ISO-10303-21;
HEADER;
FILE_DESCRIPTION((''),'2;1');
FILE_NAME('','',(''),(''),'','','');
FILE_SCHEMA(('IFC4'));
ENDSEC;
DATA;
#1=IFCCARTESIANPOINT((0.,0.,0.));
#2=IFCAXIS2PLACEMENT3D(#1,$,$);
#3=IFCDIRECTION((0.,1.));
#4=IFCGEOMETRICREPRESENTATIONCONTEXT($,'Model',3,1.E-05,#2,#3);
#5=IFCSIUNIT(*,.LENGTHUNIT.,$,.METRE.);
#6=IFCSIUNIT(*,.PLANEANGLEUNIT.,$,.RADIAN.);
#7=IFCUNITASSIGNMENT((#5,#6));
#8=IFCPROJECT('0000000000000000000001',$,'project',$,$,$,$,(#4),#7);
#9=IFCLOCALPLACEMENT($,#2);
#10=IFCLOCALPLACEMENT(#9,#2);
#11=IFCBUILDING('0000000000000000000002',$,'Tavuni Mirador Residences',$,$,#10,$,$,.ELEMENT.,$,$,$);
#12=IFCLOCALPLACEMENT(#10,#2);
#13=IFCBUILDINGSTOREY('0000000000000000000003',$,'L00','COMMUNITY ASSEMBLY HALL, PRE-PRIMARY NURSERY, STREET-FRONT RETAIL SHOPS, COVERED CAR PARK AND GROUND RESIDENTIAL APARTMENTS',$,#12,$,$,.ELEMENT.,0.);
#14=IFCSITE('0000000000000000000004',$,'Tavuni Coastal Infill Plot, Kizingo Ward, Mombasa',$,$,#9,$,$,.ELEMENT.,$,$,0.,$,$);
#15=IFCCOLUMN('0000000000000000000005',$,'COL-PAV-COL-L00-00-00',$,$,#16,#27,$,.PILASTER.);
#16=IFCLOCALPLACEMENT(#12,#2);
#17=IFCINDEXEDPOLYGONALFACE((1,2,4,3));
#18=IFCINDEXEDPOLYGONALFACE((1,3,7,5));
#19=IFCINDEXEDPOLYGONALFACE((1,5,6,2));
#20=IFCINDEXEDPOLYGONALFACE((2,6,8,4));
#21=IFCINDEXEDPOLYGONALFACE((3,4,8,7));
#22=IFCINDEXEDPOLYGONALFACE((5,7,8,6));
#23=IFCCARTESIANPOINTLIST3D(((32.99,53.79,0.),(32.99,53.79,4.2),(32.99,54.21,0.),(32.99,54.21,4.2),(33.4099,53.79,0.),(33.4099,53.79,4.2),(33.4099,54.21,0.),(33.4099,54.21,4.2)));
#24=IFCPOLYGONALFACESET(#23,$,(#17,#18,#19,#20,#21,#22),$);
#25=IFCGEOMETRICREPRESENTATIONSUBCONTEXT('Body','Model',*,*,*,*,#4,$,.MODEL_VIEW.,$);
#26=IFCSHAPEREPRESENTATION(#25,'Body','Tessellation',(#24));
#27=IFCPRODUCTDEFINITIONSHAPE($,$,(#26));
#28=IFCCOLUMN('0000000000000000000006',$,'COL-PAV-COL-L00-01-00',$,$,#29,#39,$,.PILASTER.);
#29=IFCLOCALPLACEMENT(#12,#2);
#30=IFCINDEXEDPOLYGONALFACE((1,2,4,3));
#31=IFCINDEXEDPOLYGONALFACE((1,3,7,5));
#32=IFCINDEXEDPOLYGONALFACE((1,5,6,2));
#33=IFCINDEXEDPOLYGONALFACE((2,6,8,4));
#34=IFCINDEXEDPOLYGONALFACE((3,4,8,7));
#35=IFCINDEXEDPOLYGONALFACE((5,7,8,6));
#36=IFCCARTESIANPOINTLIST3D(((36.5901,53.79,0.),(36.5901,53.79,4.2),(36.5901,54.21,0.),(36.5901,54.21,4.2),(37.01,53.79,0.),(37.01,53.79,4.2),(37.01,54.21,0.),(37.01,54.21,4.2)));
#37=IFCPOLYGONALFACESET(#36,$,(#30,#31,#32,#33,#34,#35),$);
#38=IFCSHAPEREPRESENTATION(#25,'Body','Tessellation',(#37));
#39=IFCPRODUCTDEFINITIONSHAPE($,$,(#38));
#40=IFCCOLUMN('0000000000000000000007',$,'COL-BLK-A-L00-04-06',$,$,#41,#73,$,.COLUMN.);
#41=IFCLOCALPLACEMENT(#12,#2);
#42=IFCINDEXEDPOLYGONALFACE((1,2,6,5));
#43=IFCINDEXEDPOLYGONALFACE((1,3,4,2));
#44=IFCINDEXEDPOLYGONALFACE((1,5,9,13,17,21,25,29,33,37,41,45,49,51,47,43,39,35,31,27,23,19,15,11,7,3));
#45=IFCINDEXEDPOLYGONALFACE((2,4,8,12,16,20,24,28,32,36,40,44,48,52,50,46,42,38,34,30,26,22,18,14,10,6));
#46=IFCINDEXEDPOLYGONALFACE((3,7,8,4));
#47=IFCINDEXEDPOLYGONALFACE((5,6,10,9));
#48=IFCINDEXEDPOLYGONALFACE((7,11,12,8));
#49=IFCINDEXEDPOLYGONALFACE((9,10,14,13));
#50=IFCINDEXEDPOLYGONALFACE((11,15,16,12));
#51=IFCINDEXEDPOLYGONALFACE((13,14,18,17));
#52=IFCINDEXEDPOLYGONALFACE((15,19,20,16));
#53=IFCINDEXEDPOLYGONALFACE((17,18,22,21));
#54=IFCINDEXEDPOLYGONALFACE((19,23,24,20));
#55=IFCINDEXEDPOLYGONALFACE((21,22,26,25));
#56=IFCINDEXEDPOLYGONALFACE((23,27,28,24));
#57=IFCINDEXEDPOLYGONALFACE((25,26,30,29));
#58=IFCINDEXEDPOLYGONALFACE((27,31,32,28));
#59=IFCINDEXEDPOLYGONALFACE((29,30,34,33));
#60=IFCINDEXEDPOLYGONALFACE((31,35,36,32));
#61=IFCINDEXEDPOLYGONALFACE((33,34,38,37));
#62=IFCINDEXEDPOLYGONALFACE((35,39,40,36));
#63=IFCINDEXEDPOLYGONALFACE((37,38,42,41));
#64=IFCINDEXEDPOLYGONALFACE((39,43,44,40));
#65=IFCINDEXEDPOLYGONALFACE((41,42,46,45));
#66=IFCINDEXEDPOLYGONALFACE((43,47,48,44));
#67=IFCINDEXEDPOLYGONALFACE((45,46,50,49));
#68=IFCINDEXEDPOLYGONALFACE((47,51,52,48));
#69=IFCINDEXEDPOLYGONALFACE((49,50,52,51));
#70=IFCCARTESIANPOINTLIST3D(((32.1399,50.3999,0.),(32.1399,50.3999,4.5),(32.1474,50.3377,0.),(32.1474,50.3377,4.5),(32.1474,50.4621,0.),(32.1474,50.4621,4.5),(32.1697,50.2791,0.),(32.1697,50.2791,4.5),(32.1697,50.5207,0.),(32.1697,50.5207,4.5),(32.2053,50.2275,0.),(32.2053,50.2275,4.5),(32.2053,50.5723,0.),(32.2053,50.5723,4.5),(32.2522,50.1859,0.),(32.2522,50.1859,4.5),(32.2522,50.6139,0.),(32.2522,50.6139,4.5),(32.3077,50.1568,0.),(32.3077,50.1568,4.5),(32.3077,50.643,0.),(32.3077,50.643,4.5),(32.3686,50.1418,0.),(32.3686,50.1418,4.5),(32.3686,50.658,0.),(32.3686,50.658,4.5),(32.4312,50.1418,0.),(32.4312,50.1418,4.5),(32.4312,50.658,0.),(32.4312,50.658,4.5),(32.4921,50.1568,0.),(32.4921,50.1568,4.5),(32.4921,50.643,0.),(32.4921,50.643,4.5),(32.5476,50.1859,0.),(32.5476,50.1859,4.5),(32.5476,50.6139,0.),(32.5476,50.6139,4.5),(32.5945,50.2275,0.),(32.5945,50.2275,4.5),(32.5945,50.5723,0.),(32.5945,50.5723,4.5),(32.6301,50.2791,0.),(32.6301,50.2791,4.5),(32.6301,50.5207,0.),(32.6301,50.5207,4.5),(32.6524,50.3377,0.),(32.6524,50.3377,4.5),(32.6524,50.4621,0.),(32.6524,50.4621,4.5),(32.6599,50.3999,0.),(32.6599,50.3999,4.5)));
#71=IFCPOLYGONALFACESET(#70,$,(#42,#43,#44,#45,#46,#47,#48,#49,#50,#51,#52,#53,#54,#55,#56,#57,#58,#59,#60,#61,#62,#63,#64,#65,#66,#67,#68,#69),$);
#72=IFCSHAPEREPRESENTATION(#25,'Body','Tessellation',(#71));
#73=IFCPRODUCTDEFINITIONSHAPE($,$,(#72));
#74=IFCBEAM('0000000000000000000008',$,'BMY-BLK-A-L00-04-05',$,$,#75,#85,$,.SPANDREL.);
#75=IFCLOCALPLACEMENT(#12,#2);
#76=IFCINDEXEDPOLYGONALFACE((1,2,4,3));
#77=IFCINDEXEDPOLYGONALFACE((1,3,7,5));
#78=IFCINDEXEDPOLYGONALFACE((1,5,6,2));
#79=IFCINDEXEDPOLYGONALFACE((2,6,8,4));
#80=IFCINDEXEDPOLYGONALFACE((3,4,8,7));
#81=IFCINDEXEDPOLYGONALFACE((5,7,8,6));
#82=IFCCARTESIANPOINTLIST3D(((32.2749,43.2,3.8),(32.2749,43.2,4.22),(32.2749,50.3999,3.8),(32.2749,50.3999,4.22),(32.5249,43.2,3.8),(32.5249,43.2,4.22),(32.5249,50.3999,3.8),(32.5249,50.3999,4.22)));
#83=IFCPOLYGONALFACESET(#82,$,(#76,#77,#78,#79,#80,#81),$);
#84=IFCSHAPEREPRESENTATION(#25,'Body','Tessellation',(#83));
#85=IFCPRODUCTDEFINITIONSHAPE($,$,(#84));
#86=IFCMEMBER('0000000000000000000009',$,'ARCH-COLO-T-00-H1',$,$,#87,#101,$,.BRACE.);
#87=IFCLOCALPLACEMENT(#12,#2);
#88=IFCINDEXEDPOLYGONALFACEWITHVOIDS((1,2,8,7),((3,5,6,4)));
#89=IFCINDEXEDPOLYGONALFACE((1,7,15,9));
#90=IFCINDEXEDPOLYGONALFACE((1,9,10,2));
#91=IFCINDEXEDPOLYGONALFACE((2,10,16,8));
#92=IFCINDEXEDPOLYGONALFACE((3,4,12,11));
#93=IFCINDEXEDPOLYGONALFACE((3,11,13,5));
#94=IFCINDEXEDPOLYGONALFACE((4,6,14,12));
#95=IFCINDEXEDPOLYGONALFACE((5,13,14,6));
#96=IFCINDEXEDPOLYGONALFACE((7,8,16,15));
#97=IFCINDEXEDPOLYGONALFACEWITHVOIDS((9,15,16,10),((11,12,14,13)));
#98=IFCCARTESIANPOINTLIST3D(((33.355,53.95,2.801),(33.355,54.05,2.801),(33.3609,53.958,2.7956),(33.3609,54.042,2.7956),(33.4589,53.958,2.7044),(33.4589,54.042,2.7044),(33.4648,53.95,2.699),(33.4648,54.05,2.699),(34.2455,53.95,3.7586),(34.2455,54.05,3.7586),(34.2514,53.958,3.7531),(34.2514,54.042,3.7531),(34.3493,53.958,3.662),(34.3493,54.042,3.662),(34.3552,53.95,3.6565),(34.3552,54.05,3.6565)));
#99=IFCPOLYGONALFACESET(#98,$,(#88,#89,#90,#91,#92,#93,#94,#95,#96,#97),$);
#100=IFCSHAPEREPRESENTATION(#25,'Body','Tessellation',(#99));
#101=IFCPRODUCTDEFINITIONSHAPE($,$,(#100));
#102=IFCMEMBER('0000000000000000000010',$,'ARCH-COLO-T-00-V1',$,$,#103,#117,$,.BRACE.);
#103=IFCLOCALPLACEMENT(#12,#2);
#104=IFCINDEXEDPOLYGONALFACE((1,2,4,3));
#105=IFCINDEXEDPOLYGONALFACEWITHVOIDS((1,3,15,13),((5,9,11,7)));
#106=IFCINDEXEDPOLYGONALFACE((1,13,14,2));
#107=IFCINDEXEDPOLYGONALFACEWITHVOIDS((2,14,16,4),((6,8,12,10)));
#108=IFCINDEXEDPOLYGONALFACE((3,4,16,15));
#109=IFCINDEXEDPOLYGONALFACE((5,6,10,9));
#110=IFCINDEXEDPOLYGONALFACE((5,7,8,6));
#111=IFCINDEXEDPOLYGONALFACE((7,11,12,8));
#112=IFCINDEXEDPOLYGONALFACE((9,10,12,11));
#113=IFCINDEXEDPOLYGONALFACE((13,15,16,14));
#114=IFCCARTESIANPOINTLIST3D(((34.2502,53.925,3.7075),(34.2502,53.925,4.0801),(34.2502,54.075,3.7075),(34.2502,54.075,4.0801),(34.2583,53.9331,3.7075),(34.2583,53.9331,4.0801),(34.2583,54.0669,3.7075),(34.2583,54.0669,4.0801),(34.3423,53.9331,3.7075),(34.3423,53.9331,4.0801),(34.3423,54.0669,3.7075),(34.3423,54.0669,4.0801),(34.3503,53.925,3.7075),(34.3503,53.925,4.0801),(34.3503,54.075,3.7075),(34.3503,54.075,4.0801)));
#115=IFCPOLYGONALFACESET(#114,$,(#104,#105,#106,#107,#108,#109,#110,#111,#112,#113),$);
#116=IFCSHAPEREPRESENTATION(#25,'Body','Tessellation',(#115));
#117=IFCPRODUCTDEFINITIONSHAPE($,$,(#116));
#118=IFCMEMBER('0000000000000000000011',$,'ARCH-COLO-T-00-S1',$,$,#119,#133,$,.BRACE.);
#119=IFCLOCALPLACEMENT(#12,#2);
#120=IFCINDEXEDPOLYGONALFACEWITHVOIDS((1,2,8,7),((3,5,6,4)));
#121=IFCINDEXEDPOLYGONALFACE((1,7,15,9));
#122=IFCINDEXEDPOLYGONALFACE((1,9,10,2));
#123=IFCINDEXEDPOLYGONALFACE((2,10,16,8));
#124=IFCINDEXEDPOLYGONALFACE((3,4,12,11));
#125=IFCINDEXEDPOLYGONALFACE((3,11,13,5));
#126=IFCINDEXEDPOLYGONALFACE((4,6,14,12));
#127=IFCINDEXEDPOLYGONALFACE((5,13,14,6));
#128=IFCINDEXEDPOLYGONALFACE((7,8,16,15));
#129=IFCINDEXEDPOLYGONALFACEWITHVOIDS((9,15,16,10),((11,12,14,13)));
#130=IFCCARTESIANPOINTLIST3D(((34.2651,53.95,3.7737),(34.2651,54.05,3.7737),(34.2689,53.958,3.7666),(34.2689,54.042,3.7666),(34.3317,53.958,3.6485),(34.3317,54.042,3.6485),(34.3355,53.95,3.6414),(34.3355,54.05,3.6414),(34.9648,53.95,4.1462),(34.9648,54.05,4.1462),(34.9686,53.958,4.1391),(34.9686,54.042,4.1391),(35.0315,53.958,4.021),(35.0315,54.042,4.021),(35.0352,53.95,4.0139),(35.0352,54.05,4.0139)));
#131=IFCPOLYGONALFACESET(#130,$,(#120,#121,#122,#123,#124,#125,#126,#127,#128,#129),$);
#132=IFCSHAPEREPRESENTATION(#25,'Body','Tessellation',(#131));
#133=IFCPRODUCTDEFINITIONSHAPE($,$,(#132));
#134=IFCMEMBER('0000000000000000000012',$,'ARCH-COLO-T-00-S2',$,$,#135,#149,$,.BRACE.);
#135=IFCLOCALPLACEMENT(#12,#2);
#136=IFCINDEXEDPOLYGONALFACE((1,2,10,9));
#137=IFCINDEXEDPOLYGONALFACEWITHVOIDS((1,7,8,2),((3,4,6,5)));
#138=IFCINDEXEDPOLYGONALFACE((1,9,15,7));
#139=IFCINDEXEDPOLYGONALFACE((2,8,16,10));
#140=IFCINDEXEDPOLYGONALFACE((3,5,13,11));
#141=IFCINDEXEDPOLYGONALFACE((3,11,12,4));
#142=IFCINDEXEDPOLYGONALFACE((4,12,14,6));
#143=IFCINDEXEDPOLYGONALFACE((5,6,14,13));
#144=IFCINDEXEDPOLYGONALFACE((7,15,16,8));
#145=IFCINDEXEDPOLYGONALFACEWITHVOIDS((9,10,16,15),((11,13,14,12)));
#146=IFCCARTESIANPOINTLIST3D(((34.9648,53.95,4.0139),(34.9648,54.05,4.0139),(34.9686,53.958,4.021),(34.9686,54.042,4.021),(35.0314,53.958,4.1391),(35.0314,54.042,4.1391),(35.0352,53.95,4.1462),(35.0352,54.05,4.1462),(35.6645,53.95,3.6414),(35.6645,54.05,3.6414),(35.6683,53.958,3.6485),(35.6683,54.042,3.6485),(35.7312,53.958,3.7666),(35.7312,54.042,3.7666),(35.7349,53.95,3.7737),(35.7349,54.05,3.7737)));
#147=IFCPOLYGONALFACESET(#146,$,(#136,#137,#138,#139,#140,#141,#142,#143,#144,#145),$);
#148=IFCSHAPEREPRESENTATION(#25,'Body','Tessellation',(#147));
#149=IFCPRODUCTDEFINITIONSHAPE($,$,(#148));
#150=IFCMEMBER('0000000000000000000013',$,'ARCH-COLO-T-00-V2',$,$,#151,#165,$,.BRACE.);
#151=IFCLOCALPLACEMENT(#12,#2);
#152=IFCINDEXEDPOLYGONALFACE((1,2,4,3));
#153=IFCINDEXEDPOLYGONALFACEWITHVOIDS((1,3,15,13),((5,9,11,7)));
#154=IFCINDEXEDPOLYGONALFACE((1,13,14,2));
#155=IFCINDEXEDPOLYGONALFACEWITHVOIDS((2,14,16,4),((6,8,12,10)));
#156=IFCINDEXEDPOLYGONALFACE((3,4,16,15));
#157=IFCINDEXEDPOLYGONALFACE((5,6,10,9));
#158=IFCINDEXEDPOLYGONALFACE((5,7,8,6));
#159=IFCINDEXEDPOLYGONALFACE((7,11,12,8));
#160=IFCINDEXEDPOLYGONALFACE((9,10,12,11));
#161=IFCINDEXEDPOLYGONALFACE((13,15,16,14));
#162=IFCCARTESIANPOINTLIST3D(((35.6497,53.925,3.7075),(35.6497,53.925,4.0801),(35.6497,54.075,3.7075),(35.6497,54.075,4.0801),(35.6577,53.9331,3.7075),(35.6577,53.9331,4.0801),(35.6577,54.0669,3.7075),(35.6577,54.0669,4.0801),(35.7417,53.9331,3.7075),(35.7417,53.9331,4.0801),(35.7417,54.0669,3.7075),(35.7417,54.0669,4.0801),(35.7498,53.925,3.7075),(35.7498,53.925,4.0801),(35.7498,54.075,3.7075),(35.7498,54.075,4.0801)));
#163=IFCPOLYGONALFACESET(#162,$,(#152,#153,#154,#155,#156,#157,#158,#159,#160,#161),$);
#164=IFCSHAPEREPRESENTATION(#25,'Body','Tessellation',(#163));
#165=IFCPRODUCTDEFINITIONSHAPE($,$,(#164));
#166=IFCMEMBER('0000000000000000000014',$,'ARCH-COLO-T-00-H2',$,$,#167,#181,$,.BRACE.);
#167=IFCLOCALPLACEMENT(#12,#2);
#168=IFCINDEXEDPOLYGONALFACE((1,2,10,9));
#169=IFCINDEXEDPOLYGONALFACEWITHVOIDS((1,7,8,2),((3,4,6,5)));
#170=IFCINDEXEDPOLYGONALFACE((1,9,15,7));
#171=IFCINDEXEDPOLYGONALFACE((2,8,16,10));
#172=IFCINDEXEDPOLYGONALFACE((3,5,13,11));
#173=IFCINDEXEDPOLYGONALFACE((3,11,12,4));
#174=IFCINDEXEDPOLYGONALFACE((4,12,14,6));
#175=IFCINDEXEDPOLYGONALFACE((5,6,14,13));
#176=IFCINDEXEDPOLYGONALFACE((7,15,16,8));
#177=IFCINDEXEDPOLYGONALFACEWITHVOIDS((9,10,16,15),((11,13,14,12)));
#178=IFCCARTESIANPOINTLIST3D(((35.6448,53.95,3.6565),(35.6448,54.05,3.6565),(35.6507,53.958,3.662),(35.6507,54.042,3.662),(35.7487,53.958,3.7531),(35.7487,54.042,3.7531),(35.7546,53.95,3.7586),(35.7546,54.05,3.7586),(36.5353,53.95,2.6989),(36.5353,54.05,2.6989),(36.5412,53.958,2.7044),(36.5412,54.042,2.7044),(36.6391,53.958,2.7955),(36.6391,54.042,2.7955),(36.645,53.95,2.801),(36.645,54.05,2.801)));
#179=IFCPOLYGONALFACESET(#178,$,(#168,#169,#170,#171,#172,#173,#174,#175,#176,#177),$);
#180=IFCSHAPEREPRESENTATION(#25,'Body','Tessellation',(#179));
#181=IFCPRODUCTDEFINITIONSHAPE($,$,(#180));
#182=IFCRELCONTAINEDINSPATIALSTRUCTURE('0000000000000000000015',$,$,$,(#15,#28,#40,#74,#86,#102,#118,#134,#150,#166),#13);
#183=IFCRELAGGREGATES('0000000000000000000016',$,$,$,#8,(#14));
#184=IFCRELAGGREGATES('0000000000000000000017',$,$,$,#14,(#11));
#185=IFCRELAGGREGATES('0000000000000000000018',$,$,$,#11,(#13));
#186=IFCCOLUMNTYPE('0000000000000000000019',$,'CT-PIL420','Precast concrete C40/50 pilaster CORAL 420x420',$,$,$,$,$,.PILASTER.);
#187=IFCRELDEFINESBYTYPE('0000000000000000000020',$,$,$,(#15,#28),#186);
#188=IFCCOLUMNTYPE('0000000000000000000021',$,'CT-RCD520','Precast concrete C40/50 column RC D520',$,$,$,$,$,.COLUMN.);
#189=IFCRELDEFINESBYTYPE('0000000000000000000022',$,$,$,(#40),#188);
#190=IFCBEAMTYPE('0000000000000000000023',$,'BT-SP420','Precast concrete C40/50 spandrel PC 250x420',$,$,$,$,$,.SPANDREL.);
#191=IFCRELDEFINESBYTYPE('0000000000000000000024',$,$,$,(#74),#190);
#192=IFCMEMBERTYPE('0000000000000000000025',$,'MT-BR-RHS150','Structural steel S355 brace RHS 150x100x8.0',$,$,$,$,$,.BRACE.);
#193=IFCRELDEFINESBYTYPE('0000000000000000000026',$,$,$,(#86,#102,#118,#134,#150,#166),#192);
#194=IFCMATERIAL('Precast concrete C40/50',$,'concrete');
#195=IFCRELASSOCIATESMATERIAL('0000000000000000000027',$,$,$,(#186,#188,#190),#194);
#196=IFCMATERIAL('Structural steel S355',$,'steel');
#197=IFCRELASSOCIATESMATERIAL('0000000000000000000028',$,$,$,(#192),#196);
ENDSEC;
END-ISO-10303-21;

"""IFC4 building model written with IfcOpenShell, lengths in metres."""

from ifc_helpers import new_model, si_unit, direction, frame, origin, origin_2d, place, context, subcontext, project, spatial, rectangle, hollow_rectangle, circle, extrude, material, material_profile, profile_set, type_object, element, save


model = new_model("IFC4")

# Units and contexts
model_context = context("Model", 3, precision=1e-05, world=origin(), true_north=direction((0.0, 1.0)))
body_context = subcontext(model_context, "Body", "Model", "MODEL_VIEW")
ifc_project = project(units=[si_unit("LENGTHUNIT", "METRE"), si_unit("PLANEANGLEUNIT", "RADIAN")], contexts=[model_context])

# Site, building, storey
site_placement = place(None, origin())
site = spatial("IfcSite", under=ifc_project, at=site_placement, Name="Tavuni Coastal Infill Plot, Kizingo Ward, Mombasa", CompositionType="ELEMENT", RefElevation=0.0)
building_placement = place(site_placement, origin())
building = spatial("IfcBuilding", under=site, at=building_placement, Name="Tavuni Mirador Residences", CompositionType="ELEMENT")
storey_placement = place(building_placement, origin())
storey = spatial("IfcBuildingStorey", under=building, at=storey_placement, Name="L00", Description="COMMUNITY ASSEMBLY HALL, PRE-PRIMARY NURSERY, STREET-FRONT RETAIL SHOPS, COVERED CAR PARK AND GROUND RESIDENTIAL APARTMENTS", CompositionType="ELEMENT", Elevation=0.0)

# Columns
ifc_material_1 = material(Name="Precast concrete C40/50", Category="concrete")
ifc_material_profile_1 = material_profile(ifc_material_1, rectangle(XDim=0.4199, YDim=0.4199, at=origin_2d()), Name="CORAL 420x420", Category="concrete")
ifc_profile_set_1 = profile_set([ifc_material_profile_1], Name="Precast concrete C40/50")
column_type_1 = type_object("IfcColumnType", Name="CT-PIL420", Description="Precast concrete C40/50 pilaster CORAL 420x420", PredefinedType="PILASTER", material=ifc_profile_set_1)
for number, where, z_axis, x_axis, name in (
    (1, (33.2, 54.0, 0.0), (0.0, 0.0, 1.0), (1.0, 0.0, 0.0), "COL-PAV-COL-L00-00-00"),
    (2, (36.8, 54.0, 0.0), (0.0, 0.0, 1.0), (1.0, 0.0, 0.0), "COL-PAV-COL-L00-01-00"),
):
    element("IfcColumn", number, at=place(storey_placement, frame(where, z_axis=z_axis, x_axis=x_axis)), inside=storey, type_object=column_type_1, Name=name, PredefinedType="PILASTER", context=body_context, shape_type="SweptSolid", body=[
        extrude(rectangle(XDim=0.4199, YDim=0.4199, at=origin_2d()), origin(), (0.0, 0.0, 1.0), 4.2),
    ])
ifc_material_profile_2 = material_profile(ifc_material_1, circle(Radius=0.26, at=origin_2d()), Name="RC D520", Category="concrete")
ifc_profile_set_2 = profile_set([ifc_material_profile_2], Name="Precast concrete C40/50")
column_type_2 = type_object("IfcColumnType", Name="CT-RCD520", Description="Precast concrete C40/50 column RC D520", PredefinedType="COLUMN", material=ifc_profile_set_2)
column_placement = place(storey_placement, frame((32.3999, 50.3999, 0.0), z_axis=(0.0, 0.0, 1.0), x_axis=(1.0, 0.0, 0.0)))
element("IfcColumn", 3, at=column_placement, inside=storey, type_object=column_type_2, Name="COL-BLK-A-L00-04-06", PredefinedType="COLUMN", context=body_context, shape_type="SweptSolid", body=[
    extrude(circle(Radius=0.26, at=origin_2d()), origin(), (0.0, 0.0, 1.0), 4.5),
])

# Beam
ifc_material_profile_3 = material_profile(ifc_material_1, rectangle(XDim=0.25, YDim=0.4199, at=origin_2d()), Name="PC 250x420", Category="concrete")
ifc_profile_set_3 = profile_set([ifc_material_profile_3], Name="Precast concrete C40/50")
beam_type = type_object("IfcBeamType", Name="BT-SP420", Description="Precast concrete C40/50 spandrel PC 250x420", PredefinedType="SPANDREL", material=ifc_profile_set_3)
beam_placement = place(storey_placement, frame((32.3999, 43.2, 4.01), z_axis=(0.0, 1.0, 0.0), x_axis=(-1.0, 0.0, 0.0)))
element("IfcBeam", 4, at=beam_placement, inside=storey, type_object=beam_type, Name="BMY-BLK-A-L00-04-05", PredefinedType="SPANDREL", context=body_context, shape_type="SweptSolid", body=[
    extrude(rectangle(XDim=0.25, YDim=0.4199, at=origin_2d()), origin(), (0.0, 0.0, 1.0), 7.2),
])

# Members
ifc_material_2 = material(Name="Structural steel S355", Category="steel")
ifc_material_profile_4 = material_profile(ifc_material_2, hollow_rectangle(XDim=0.1001, YDim=0.1499, WallThickness=0.0081, at=origin_2d()), Name="RHS 150x100x8.0", Category="steel")
ifc_profile_set_4 = profile_set([ifc_material_profile_4], Name="Structural steel S355")
member_type_1 = type_object("IfcMemberType", Name="MT-BR-RHS150", Description="Structural steel S355 brace RHS 150x100x8.0", PredefinedType="BRACE", material=ifc_profile_set_4)
member_1_placement = place(storey_placement, frame((33.4099, 54.0, 2.75), z_axis=(0.680967, 0.0, 0.732314), x_axis=(0.0, 1.0, 0.0)))
element("IfcMember", 5, at=member_1_placement, inside=storey, type_object=member_type_1, Name="ARCH-COLO-T-00-H1", PredefinedType="BRACE", context=body_context, shape_type="SweptSolid", body=[
    extrude(hollow_rectangle(XDim=0.1001, YDim=0.1499, WallThickness=0.0081, at=origin_2d()), origin(), (0.0, 0.0, 1.0), 1.3076),
])
member_2_placement = place(storey_placement, frame((34.3003, 54.0, 3.7075), z_axis=(0.0, 0.0, 1.0), x_axis=(1.0, 0.0, 0.0)))
element("IfcMember", 6, at=member_2_placement, inside=storey, type_object=member_type_1, Name="ARCH-COLO-T-00-V1", PredefinedType="BRACE", context=body_context, shape_type="SweptSolid", body=[
    extrude(hollow_rectangle(XDim=0.1001, YDim=0.1499, WallThickness=0.0081, at=origin_2d()), origin(), (0.0, 0.0, 1.0), 0.3726),
])
for number, where, z_axis, x_axis, name in (
    (7, (34.3003, 54.0, 3.7075), (0.882677, 0.0, 0.469981), (0.0, 1.0, 0.0), "ARCH-COLO-T-00-S1"),
    (8, (35.0, 54.0, 4.0801), (0.882677, 0.0, -0.469981), (0.0, 1.0, 0.0), "ARCH-COLO-T-00-S2"),
):
    element("IfcMember", number, at=place(storey_placement, frame(where, z_axis=z_axis, x_axis=x_axis)), inside=storey, type_object=member_type_1, Name=name, PredefinedType="BRACE", context=body_context, shape_type="SweptSolid", body=[
        extrude(hollow_rectangle(XDim=0.1001, YDim=0.1499, WallThickness=0.0081, at=origin_2d()), origin(), (0.0, 0.0, 1.0), 0.7927),
    ])
member_3_placement = place(storey_placement, frame((35.6997, 54.0, 3.7075), z_axis=(0.0, 0.0, 1.0), x_axis=(1.0, 0.0, 0.0)))
element("IfcMember", 9, at=member_3_placement, inside=storey, type_object=member_type_1, Name="ARCH-COLO-T-00-V2", PredefinedType="BRACE", context=body_context, shape_type="SweptSolid", body=[
    extrude(hollow_rectangle(XDim=0.1001, YDim=0.1499, WallThickness=0.0081, at=origin_2d()), origin(), (0.0, 0.0, 1.0), 0.3726),
])
member_4_placement = place(storey_placement, frame((35.6997, 54.0, 3.7075), z_axis=(0.680967, 0.0, -0.732314), x_axis=(0.0, 1.0, 0.0)))
element("IfcMember", 10, at=member_4_placement, inside=storey, type_object=member_type_1, Name="ARCH-COLO-T-00-H2", PredefinedType="BRACE", context=body_context, shape_type="SweptSolid", body=[
    extrude(hollow_rectangle(XDim=0.1001, YDim=0.1499, WallThickness=0.0081, at=origin_2d()), origin(), (0.0, 0.0, 1.0), 1.3076),
])

save(model, "model.ifc")
